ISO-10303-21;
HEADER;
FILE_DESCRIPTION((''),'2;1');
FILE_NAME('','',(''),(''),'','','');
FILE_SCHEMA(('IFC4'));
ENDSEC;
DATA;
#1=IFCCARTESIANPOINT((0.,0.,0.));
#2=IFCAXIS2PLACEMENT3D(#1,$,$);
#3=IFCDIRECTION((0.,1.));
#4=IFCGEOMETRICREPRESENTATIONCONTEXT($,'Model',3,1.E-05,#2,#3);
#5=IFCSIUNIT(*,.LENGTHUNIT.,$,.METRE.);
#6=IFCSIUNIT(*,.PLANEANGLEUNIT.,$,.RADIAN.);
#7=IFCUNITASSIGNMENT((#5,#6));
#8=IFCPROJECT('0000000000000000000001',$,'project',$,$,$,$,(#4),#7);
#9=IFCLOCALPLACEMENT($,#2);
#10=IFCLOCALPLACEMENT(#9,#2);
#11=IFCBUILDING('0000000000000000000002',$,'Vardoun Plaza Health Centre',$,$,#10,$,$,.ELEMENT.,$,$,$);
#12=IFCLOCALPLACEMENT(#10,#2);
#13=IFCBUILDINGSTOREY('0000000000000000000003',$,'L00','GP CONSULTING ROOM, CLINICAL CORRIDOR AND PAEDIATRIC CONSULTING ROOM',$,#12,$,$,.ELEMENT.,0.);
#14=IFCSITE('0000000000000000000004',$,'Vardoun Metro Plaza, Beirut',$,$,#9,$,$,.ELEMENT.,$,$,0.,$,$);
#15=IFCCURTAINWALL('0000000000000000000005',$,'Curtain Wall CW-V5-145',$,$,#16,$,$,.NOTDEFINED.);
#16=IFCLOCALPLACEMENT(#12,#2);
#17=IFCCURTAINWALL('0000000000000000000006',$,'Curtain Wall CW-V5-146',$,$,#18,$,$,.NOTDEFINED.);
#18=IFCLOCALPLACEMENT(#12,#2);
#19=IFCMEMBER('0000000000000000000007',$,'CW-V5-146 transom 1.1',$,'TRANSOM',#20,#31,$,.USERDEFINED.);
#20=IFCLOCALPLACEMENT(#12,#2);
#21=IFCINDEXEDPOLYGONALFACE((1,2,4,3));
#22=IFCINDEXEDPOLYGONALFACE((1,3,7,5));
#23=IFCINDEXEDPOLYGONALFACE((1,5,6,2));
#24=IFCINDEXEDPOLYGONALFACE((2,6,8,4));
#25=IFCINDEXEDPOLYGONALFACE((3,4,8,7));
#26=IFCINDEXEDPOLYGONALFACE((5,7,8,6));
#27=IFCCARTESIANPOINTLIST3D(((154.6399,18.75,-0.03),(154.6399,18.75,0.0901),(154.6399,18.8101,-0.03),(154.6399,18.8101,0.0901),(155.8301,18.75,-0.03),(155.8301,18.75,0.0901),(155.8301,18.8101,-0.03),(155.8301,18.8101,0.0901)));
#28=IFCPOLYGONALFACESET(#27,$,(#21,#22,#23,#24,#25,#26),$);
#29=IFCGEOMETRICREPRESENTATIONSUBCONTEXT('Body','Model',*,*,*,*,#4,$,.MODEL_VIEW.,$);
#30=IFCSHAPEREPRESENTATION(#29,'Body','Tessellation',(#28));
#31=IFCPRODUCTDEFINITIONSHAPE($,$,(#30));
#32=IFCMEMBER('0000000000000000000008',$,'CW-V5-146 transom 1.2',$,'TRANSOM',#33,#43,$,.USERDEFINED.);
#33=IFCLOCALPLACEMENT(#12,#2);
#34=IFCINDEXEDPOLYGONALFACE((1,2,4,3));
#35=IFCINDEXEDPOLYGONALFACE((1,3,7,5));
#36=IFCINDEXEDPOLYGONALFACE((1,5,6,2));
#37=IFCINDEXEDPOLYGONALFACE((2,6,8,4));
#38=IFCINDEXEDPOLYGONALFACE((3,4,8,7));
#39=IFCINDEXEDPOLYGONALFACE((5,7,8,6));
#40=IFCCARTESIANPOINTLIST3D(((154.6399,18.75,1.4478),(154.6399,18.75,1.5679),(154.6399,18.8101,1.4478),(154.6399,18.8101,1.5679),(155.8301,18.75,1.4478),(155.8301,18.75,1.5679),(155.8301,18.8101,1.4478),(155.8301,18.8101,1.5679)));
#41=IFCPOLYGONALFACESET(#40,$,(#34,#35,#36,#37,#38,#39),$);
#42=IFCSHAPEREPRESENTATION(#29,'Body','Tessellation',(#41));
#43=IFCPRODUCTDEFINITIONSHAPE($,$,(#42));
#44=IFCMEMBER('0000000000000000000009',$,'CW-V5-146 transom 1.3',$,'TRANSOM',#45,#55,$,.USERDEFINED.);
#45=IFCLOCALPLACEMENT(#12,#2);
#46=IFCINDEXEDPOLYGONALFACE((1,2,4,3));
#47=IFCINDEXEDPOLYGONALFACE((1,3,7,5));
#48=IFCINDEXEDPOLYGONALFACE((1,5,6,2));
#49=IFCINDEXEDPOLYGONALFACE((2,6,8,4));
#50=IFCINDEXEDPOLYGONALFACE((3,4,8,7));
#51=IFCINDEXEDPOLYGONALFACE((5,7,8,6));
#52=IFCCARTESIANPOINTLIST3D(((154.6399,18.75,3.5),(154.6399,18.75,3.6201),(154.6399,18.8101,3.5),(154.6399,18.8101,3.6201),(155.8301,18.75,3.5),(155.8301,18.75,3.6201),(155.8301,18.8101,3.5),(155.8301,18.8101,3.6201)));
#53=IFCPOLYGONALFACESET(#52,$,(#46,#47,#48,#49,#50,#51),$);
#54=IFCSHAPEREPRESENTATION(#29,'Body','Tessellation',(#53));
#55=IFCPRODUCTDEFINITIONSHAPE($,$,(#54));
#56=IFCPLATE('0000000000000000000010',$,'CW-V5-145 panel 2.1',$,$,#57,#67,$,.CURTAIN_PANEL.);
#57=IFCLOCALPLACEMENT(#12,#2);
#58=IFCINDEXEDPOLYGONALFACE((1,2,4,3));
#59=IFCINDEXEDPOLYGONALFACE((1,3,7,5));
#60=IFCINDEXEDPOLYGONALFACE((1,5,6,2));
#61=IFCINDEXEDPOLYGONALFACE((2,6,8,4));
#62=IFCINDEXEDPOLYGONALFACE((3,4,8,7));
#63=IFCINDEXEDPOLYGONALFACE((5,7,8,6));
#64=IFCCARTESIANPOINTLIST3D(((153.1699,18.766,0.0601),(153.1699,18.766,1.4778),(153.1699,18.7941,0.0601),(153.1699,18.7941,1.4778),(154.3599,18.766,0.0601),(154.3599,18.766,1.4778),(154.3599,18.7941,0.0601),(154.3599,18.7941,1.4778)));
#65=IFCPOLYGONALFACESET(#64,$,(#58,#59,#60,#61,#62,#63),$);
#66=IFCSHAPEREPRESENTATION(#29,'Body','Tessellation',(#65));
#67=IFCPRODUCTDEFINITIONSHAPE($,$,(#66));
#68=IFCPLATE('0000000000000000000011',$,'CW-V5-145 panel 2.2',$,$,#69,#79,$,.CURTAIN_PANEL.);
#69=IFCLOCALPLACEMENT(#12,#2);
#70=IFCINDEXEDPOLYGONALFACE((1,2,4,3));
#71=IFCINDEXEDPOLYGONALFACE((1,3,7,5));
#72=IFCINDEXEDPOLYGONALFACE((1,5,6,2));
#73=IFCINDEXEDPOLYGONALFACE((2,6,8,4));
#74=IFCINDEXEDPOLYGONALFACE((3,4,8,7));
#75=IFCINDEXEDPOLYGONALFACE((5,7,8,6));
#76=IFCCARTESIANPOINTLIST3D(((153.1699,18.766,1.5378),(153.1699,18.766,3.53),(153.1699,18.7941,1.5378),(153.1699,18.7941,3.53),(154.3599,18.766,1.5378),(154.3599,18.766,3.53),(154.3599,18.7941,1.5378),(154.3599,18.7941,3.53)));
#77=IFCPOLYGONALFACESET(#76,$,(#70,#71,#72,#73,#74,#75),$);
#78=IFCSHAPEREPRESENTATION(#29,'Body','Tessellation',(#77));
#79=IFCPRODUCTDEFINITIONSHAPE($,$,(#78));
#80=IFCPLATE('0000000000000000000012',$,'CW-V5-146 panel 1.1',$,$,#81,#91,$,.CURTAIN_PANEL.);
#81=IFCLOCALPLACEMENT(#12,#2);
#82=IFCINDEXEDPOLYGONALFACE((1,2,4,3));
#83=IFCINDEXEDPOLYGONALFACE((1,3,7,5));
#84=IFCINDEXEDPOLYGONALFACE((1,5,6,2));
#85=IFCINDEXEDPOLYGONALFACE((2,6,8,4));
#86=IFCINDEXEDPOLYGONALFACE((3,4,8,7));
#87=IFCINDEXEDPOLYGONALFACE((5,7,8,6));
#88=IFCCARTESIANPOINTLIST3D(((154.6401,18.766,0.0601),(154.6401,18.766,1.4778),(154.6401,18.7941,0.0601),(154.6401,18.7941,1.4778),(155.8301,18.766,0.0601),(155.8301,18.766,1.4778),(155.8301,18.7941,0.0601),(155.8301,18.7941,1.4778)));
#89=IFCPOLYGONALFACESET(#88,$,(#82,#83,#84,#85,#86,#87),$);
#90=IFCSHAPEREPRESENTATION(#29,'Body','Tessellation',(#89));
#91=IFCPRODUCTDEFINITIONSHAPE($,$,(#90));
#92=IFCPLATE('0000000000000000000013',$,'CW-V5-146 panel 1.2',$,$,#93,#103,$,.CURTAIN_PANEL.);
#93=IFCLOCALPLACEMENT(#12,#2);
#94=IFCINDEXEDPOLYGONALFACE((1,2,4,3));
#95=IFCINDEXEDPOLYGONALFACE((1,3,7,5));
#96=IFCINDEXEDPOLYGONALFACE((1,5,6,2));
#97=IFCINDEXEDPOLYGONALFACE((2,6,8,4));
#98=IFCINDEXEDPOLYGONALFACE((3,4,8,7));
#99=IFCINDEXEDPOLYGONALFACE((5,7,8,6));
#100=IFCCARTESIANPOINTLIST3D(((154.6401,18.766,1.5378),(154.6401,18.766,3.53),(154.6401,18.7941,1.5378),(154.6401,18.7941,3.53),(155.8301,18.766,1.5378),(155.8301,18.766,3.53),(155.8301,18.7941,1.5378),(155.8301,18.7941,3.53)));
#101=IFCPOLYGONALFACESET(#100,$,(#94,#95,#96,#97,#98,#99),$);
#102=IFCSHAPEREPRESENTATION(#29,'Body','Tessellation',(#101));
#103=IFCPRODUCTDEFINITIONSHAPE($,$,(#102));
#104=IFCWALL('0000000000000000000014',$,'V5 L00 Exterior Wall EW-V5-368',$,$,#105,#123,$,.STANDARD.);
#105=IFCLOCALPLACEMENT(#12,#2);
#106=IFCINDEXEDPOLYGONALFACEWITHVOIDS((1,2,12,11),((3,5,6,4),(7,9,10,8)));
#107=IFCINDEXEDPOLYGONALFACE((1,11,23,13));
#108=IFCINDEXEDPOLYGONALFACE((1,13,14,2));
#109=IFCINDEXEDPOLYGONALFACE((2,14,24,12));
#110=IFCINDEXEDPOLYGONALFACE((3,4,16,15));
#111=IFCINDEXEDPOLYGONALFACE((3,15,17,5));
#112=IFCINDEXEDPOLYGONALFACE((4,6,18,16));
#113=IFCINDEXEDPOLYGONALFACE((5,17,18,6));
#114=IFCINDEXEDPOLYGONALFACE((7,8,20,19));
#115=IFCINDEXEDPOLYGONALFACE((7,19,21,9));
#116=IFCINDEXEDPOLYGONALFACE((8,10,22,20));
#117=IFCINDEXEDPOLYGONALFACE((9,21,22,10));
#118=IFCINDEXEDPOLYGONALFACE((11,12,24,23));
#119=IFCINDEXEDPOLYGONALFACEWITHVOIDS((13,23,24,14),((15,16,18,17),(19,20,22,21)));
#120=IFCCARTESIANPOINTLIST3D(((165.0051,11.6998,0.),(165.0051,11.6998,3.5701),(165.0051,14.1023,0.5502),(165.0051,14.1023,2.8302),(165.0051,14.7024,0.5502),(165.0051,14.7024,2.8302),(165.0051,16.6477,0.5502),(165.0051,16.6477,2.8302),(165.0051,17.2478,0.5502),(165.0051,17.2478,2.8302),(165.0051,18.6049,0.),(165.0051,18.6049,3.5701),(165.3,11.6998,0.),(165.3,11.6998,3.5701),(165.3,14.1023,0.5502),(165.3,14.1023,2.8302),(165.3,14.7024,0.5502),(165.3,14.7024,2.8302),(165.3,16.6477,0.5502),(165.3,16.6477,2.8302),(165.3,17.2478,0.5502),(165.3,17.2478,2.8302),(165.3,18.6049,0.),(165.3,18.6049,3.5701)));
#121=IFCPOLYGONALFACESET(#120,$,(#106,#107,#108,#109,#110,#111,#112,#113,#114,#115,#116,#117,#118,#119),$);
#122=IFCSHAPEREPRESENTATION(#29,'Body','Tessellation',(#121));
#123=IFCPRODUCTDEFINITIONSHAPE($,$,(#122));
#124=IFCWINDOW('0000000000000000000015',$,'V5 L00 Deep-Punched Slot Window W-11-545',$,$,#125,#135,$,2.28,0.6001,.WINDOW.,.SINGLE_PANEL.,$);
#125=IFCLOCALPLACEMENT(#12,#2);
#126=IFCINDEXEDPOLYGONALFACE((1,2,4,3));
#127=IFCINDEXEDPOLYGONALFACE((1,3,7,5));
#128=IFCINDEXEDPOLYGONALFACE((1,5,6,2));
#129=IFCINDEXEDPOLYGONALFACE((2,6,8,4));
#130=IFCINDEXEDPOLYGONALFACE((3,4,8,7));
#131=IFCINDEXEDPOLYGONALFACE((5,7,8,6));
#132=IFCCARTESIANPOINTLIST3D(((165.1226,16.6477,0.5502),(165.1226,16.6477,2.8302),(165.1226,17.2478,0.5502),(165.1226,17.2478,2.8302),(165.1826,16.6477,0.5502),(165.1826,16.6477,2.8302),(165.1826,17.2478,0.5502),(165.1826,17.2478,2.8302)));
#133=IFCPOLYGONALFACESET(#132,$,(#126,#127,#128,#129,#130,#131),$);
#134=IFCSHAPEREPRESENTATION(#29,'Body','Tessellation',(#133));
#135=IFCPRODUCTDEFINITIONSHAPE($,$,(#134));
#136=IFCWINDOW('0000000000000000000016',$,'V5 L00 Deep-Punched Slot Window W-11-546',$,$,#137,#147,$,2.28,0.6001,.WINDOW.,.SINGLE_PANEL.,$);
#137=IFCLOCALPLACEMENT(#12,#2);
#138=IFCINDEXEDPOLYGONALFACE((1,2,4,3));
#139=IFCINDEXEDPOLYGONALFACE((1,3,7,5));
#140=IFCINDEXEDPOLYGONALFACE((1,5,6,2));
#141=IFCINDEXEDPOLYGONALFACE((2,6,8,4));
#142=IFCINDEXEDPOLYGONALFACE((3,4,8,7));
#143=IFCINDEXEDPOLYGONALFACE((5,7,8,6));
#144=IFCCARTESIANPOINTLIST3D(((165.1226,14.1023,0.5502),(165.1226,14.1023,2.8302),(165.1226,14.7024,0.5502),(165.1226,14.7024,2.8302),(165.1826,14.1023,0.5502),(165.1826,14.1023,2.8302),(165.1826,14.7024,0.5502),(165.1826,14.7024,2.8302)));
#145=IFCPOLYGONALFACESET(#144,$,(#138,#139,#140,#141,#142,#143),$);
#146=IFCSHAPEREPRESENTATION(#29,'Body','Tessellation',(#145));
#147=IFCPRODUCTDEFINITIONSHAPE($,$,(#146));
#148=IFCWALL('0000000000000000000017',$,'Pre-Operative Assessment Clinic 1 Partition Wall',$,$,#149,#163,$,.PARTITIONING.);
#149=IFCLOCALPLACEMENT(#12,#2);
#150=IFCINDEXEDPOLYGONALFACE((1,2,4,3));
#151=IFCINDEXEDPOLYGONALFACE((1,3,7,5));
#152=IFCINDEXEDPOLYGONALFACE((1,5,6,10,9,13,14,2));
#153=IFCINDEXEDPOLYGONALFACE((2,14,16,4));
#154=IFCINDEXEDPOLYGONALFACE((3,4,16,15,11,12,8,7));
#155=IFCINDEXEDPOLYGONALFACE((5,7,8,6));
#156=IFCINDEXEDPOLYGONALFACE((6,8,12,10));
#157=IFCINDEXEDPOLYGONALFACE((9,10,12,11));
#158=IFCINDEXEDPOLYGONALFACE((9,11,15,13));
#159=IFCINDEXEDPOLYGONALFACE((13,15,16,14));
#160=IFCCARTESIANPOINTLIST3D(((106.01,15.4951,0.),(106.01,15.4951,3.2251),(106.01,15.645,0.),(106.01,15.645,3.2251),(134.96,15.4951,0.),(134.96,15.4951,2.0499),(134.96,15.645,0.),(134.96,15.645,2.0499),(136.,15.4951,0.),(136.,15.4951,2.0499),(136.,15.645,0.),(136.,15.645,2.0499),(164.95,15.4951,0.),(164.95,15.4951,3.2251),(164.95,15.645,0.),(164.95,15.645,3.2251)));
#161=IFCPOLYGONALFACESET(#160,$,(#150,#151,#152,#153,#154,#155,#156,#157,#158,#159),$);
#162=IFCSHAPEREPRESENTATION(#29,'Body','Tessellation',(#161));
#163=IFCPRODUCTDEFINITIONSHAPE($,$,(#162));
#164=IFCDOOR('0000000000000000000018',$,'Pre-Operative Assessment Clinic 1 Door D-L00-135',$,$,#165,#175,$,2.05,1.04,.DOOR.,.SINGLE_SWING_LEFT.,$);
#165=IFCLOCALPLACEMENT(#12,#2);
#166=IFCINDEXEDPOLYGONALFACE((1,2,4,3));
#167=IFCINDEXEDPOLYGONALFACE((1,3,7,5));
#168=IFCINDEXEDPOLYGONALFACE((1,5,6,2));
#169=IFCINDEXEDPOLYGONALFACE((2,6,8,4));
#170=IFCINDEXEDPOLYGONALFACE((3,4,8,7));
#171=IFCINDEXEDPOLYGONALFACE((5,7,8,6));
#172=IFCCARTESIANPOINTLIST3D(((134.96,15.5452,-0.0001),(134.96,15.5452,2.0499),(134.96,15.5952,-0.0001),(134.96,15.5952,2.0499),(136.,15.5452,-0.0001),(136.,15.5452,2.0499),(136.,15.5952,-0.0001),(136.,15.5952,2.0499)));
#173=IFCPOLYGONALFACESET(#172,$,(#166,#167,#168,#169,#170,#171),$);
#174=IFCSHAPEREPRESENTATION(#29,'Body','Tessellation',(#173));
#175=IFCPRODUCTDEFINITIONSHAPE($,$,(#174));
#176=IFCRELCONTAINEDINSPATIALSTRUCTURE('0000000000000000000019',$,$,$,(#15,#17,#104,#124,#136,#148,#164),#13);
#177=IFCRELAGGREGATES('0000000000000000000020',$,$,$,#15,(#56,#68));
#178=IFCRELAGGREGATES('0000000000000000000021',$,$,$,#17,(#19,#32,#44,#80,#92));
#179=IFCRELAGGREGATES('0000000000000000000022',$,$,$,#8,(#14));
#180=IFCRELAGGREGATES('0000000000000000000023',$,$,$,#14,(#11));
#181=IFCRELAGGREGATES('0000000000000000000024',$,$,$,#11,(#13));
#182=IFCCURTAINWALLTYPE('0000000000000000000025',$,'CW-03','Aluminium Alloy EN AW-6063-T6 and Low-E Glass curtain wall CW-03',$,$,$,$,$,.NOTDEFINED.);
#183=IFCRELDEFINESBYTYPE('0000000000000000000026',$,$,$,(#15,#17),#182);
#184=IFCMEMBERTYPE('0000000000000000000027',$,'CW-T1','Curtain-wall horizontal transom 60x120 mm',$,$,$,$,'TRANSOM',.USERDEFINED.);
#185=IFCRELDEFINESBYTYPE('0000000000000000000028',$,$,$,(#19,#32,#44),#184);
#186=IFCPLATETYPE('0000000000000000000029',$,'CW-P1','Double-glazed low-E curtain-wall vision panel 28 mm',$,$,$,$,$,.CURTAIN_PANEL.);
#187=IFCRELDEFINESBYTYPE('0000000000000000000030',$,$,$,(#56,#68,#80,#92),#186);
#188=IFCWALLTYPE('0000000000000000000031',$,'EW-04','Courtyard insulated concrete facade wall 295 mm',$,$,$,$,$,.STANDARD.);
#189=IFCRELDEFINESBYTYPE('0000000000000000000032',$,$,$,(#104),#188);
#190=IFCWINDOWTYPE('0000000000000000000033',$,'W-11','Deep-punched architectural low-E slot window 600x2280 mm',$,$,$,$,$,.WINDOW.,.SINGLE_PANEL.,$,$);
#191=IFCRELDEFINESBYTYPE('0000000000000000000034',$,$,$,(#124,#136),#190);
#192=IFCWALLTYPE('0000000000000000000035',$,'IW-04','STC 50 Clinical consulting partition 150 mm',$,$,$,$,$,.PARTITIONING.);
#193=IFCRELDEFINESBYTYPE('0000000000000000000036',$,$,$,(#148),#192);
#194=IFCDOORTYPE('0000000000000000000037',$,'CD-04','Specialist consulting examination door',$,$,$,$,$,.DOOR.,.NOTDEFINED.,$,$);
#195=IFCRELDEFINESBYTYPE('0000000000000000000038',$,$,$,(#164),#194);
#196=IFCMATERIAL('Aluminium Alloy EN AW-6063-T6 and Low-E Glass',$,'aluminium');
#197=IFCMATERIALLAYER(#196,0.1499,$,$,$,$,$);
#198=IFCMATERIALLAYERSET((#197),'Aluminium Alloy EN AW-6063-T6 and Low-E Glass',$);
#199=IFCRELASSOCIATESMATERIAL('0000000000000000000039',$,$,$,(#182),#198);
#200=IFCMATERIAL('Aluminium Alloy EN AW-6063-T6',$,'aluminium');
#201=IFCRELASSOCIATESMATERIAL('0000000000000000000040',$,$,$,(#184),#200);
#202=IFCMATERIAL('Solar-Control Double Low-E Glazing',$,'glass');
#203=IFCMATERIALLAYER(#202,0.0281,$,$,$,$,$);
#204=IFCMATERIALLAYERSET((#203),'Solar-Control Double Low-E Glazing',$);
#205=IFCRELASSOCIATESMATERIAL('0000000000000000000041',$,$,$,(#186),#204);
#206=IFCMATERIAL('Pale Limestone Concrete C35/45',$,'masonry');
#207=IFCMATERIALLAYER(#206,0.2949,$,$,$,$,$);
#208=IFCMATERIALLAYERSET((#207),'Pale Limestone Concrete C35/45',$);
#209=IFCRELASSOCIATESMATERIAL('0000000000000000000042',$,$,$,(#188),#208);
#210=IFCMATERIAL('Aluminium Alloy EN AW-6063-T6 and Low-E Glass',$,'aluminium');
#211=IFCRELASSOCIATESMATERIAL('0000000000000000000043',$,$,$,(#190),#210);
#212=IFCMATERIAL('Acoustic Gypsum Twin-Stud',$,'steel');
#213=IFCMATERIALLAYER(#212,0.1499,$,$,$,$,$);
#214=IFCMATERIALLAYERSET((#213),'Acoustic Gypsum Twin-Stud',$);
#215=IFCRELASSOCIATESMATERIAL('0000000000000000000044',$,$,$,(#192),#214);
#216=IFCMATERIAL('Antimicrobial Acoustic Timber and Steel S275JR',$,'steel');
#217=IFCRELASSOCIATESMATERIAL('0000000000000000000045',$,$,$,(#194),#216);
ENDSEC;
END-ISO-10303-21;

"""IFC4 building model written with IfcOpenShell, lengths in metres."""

from ifc_helpers import new_model, si_unit, direction, frame, frame_2d, origin, origin_2d, place, context, subcontext, project, spatial, rectangle, extrude, material, layer, layer_set, material_profile, profile_set, type_object, element, fill, aggregate, save


model = new_model("IFC4")

# Units and contexts
model_context = context("Model", 3, precision=1e-05, world=origin(), true_north=direction((0.0, 1.0)))
body_context = subcontext(model_context, "Body", "Model", "MODEL_VIEW")
ifc_project = project(units=[si_unit("LENGTHUNIT", "METRE"), si_unit("PLANEANGLEUNIT", "RADIAN")], contexts=[model_context])

# Site, building, storey
site_placement = place(None, origin())
site = spatial("IfcSite", under=ifc_project, at=site_placement, Name="Vardoun Metro Plaza, Beirut", CompositionType="ELEMENT", RefElevation=0.0)
building_placement = place(site_placement, origin())
building = spatial("IfcBuilding", under=site, at=building_placement, Name="Vardoun Plaza Health Centre", CompositionType="ELEMENT")
storey_placement = place(building_placement, origin())
storey = spatial("IfcBuildingStorey", under=building, at=storey_placement, Name="L00", Description="GP CONSULTING ROOM, CLINICAL CORRIDOR AND PAEDIATRIC CONSULTING ROOM", CompositionType="ELEMENT", Elevation=0.0)

# Curtain walls
ifc_material_1 = material(Name="Aluminium Alloy EN AW-6063-T6 and Low-E Glass", Category="aluminium")
ifc_layer_1 = layer(ifc_material_1, 0.1499)
ifc_layer_set_1 = layer_set([ifc_layer_1], Name="Aluminium Alloy EN AW-6063-T6 and Low-E Glass")
curtain_wall_type = type_object("IfcCurtainWallType", Name="CW-03", Description="Aluminium Alloy EN AW-6063-T6 and Low-E Glass curtain wall CW-03", PredefinedType="NOTDEFINED", material=ifc_layer_set_1)
curtain_wall_1_placement = place(storey_placement, origin())
curtain_wall_1 = element("IfcCurtainWall", 1, at=curtain_wall_1_placement, inside=storey, type_object=curtain_wall_type, Name="Curtain Wall CW-V5-145", PredefinedType="NOTDEFINED")
curtain_wall_2_placement = place(storey_placement, origin())
curtain_wall_2 = element("IfcCurtainWall", 2, at=curtain_wall_2_placement, inside=storey, type_object=curtain_wall_type, Name="Curtain Wall CW-V5-146", PredefinedType="NOTDEFINED")

# Members
ifc_material_2 = material(Name="Aluminium Alloy EN AW-6063-T6", Category="aluminium")
ifc_material_profile_1 = material_profile(ifc_material_2, rectangle(XDim=0.0601, YDim=0.1201, at=origin_2d()), Name="CWT 60x120")
ifc_profile_set_1 = profile_set([ifc_material_profile_1], Name="Aluminium Alloy EN AW-6063-T6")
member_type_1 = type_object("IfcMemberType", Name="CW-T1", Description="Curtain-wall horizontal transom 60x120 mm", ElementType="TRANSOM", PredefinedType="USERDEFINED", material=ifc_profile_set_1)
member_1_placement = place(storey_placement, frame((154.6399, 18.78, 0.03), z_axis=(1.0, 0.0, 0.0), x_axis=(0.0, 1.0, 0.0)))
member_1 = element("IfcMember", 3, at=member_1_placement, type_object=member_type_1, Name="CW-V5-146 transom 1.1", ObjectType="TRANSOM", PredefinedType="USERDEFINED", context=body_context, shape_type="SweptSolid", body=[
    extrude(rectangle(XDim=0.0601, YDim=0.1201, at=origin_2d()), origin(), (0.0, 0.0, 1.0), 1.1902),
])
member_2_placement = place(storey_placement, frame((154.6399, 18.78, 1.5078), z_axis=(1.0, 0.0, 0.0), x_axis=(0.0, 1.0, 0.0)))
member_2 = element("IfcMember", 4, at=member_2_placement, type_object=member_type_1, Name="CW-V5-146 transom 1.2", ObjectType="TRANSOM", PredefinedType="USERDEFINED", context=body_context, shape_type="SweptSolid", body=[
    extrude(rectangle(XDim=0.0601, YDim=0.1201, at=origin_2d()), origin(), (0.0, 0.0, 1.0), 1.1902),
])
member_3_placement = place(storey_placement, frame((154.6399, 18.78, 3.5601), z_axis=(1.0, 0.0, 0.0), x_axis=(0.0, 1.0, 0.0)))
member_3 = element("IfcMember", 5, at=member_3_placement, type_object=member_type_1, Name="CW-V5-146 transom 1.3", ObjectType="TRANSOM", PredefinedType="USERDEFINED", context=body_context, shape_type="SweptSolid", body=[
    extrude(rectangle(XDim=0.0601, YDim=0.1201, at=origin_2d()), origin(), (0.0, 0.0, 1.0), 1.1902),
])

# Plates
ifc_material_3 = material(Name="Solar-Control Double Low-E Glazing", Category="glass")
ifc_layer_2 = layer(ifc_material_3, 0.0281)
ifc_layer_set_2 = layer_set([ifc_layer_2], Name="Solar-Control Double Low-E Glazing")
plate_type = type_object("IfcPlateType", Name="CW-P1", Description="Double-glazed low-E curtain-wall vision panel 28 mm", PredefinedType="CURTAIN_PANEL", material=ifc_layer_set_2)
plate_1_placement = place(storey_placement, frame((153.7649, 18.78, 0.0601), z_axis=(0.0, 0.0, 1.0), x_axis=(1.0, 0.0, 0.0)))
plate_1 = element("IfcPlate", 6, at=plate_1_placement, type_object=plate_type, Name="CW-V5-145 panel 2.1", PredefinedType="CURTAIN_PANEL", context=body_context, shape_type="SweptSolid", body=[
    extrude(rectangle(XDim=1.1899, YDim=0.0281, at=origin_2d()), origin(), (0.0, 0.0, 1.0), 1.4177),
])
plate_2_placement = place(storey_placement, frame((153.7649, 18.78, 1.5378), z_axis=(0.0, 0.0, 1.0), x_axis=(1.0, 0.0, 0.0)))
plate_2 = element("IfcPlate", 7, at=plate_2_placement, type_object=plate_type, Name="CW-V5-145 panel 2.2", PredefinedType="CURTAIN_PANEL", context=body_context, shape_type="SweptSolid", body=[
    extrude(rectangle(XDim=1.1899, YDim=0.0281, at=origin_2d()), origin(), (0.0, 0.0, 1.0), 1.9922),
])
aggregate(curtain_wall_1, [plate_1, plate_2])
plate_3_placement = place(storey_placement, frame((155.2351, 18.78, 0.0601), z_axis=(0.0, 0.0, 1.0), x_axis=(1.0, 0.0, 0.0)))
plate_3 = element("IfcPlate", 8, at=plate_3_placement, type_object=plate_type, Name="CW-V5-146 panel 1.1", PredefinedType="CURTAIN_PANEL", context=body_context, shape_type="SweptSolid", body=[
    extrude(rectangle(XDim=1.1899, YDim=0.0281, at=origin_2d()), origin(), (0.0, 0.0, 1.0), 1.4177),
])
plate_4_placement = place(storey_placement, frame((155.2351, 18.78, 1.5378), z_axis=(0.0, 0.0, 1.0), x_axis=(1.0, 0.0, 0.0)))
plate_4 = element("IfcPlate", 9, at=plate_4_placement, type_object=plate_type, Name="CW-V5-146 panel 1.2", PredefinedType="CURTAIN_PANEL", context=body_context, shape_type="SweptSolid", body=[
    extrude(rectangle(XDim=1.1899, YDim=0.0281, at=origin_2d()), origin(), (0.0, 0.0, 1.0), 1.9922),
])
aggregate(curtain_wall_2, [member_1, member_2, member_3, plate_3, plate_4])

# Wall, openings, windows
ifc_material_4 = material(Name="Pale Limestone Concrete C35/45", Category="masonry")
ifc_layer_3 = layer(ifc_material_4, 0.2949)
ifc_layer_set_3 = layer_set([ifc_layer_3], Name="Pale Limestone Concrete C35/45")
wall_type_1 = type_object("IfcWallType", Name="EW-04", Description="Courtyard insulated concrete facade wall 295 mm", PredefinedType="STANDARD", material=ifc_layer_set_3)
wall_1_placement = place(storey_placement, frame((165.1526, 18.605, 0.0), z_axis=(0.0, 0.0, 1.0), x_axis=(0.0, -1.0, 0.0)))
wall_1 = element("IfcWall", 10, at=wall_1_placement, inside=storey, type_object=wall_type_1, Name="V5 L00 Exterior Wall EW-V5-368", PredefinedType="STANDARD", context=body_context, shape_type="SweptSolid", body=[
    extrude(rectangle(XDim=6.905, YDim=0.2949, at=frame_2d((3.4526, 0.0))), origin(), (0.0, 0.0, 1.0), 3.5701),
])
opening_1_placement = place(wall_1_placement, frame((1.3572, 0.0, 0.55)))
opening_1 = element("IfcOpeningElement", 11, at=opening_1_placement, cuts=wall_1, PredefinedType="OPENING", context=body_context, shape_type="SweptSolid", body=[
    extrude(rectangle(XDim=0.6001, YDim=2.28, at=frame_2d((0.3, 1.1401))), frame((0.0, 0.1475, 0.0), z_axis=(0.0, -1.0, 0.0), x_axis=(1.0, 0.0, 0.0)), (0.0, 0.0, 1.0), 0.2949),
])
opening_2_placement = place(wall_1_placement, frame((3.9026, 0.0, 0.55)))
opening_2 = element("IfcOpeningElement", 12, at=opening_2_placement, cuts=wall_1, PredefinedType="OPENING", context=body_context, shape_type="SweptSolid", body=[
    extrude(rectangle(XDim=0.6001, YDim=2.28, at=frame_2d((0.3, 1.1401))), frame((0.0, 0.1475, 0.0), z_axis=(0.0, -1.0, 0.0), x_axis=(1.0, 0.0, 0.0)), (0.0, 0.0, 1.0), 0.2949),
])
ifc_material_5 = material(Name="Aluminium Alloy EN AW-6063-T6 and Low-E Glass", Category="aluminium")
window_type = type_object("IfcWindowType", Name="W-11", Description="Deep-punched architectural low-E slot window 600x2280 mm", PartitioningType="SINGLE_PANEL", PredefinedType="WINDOW", material=ifc_material_5)
window_1_placement = place(opening_1_placement, origin())
window_1 = element("IfcWindow", 13, at=window_1_placement, inside=storey, type_object=window_type, Name="V5 L00 Deep-Punched Slot Window W-11-545", OverallHeight=2.28, OverallWidth=0.6001, PartitioningType="SINGLE_PANEL", PredefinedType="WINDOW", context=body_context, shape_type="SweptSolid", body=[
    extrude(rectangle(XDim=0.6001, YDim=2.28, at=frame_2d((0.3, 1.1401))), frame((0.0, 0.03, 0.0), z_axis=(0.0, -1.0, 0.0), x_axis=(1.0, 0.0, 0.0)), (0.0, 0.0, 1.0), 0.0601),
])
fill(opening_1, window_1)
window_2_placement = place(opening_2_placement, origin())
window_2 = element("IfcWindow", 14, at=window_2_placement, inside=storey, type_object=window_type, Name="V5 L00 Deep-Punched Slot Window W-11-546", OverallHeight=2.28, OverallWidth=0.6001, PartitioningType="SINGLE_PANEL", PredefinedType="WINDOW", context=body_context, shape_type="SweptSolid", body=[
    extrude(rectangle(XDim=0.6001, YDim=2.28, at=frame_2d((0.3, 1.1401))), frame((0.0, 0.03, 0.0), z_axis=(0.0, -1.0, 0.0), x_axis=(1.0, 0.0, 0.0)), (0.0, 0.0, 1.0), 0.0601),
])
fill(opening_2, window_2)

# Wall, opening, door
ifc_material_6 = material(Name="Acoustic Gypsum Twin-Stud", Category="steel")
ifc_layer_4 = layer(ifc_material_6, 0.1499)
ifc_layer_set_4 = layer_set([ifc_layer_4], Name="Acoustic Gypsum Twin-Stud")
wall_type_2 = type_object("IfcWallType", Name="IW-04", Description="STC 50 Clinical consulting partition 150 mm", PredefinedType="PARTITIONING", material=ifc_layer_set_4)
wall_2_placement = place(storey_placement, frame((164.95, 15.5701, 0.0), z_axis=(0.0, 0.0, 1.0), x_axis=(-1.0, 0.0, 0.0)))
wall_2 = element("IfcWall", 15, at=wall_2_placement, inside=storey, type_object=wall_type_2, Name="Pre-Operative Assessment Clinic 1 Partition Wall", PredefinedType="PARTITIONING", context=body_context, shape_type="SweptSolid", body=[
    extrude(rectangle(XDim=58.9399, YDim=0.1499, at=frame_2d((29.47, 0.0))), origin(), (0.0, 0.0, 1.0), 3.2251),
])
opening_3_placement = place(wall_2_placement, frame((28.95, 0.0, 0.0)))
opening_3 = element("IfcOpeningElement", 16, at=opening_3_placement, cuts=wall_2, PredefinedType="OPENING", context=body_context, shape_type="SweptSolid", body=[
    extrude(rectangle(XDim=1.04, YDim=2.05, at=frame_2d((0.52, 1.0249))), frame((0.0, 0.075, 0.0), z_axis=(0.0, -1.0, 0.0), x_axis=(1.0, 0.0, 0.0)), (0.0, 0.0, 1.0), 0.1499),
])
ifc_material_7 = material(Name="Antimicrobial Acoustic Timber and Steel S275JR", Category="steel")
door_type = type_object("IfcDoorType", Name="CD-04", Description="Specialist consulting examination door", OperationType="NOTDEFINED", PredefinedType="DOOR", material=ifc_material_7)
door_placement = place(opening_3_placement, origin())
door = element("IfcDoor", 17, at=door_placement, inside=storey, type_object=door_type, Name="Pre-Operative Assessment Clinic 1 Door D-L00-135", OperationType="SINGLE_SWING_LEFT", OverallHeight=2.05, OverallWidth=1.04, PredefinedType="DOOR", context=body_context, shape_type="SweptSolid", body=[
    extrude(rectangle(XDim=1.04, YDim=2.05, at=frame_2d((0.52, 1.0249))), frame((0.0, 0.0249, 0.0), z_axis=(0.0, -1.0, 0.0), x_axis=(1.0, 0.0, 0.0)), (0.0, 0.0, 1.0), 0.05),
])
fill(opening_3, door)

save(model, "model.ifc")
